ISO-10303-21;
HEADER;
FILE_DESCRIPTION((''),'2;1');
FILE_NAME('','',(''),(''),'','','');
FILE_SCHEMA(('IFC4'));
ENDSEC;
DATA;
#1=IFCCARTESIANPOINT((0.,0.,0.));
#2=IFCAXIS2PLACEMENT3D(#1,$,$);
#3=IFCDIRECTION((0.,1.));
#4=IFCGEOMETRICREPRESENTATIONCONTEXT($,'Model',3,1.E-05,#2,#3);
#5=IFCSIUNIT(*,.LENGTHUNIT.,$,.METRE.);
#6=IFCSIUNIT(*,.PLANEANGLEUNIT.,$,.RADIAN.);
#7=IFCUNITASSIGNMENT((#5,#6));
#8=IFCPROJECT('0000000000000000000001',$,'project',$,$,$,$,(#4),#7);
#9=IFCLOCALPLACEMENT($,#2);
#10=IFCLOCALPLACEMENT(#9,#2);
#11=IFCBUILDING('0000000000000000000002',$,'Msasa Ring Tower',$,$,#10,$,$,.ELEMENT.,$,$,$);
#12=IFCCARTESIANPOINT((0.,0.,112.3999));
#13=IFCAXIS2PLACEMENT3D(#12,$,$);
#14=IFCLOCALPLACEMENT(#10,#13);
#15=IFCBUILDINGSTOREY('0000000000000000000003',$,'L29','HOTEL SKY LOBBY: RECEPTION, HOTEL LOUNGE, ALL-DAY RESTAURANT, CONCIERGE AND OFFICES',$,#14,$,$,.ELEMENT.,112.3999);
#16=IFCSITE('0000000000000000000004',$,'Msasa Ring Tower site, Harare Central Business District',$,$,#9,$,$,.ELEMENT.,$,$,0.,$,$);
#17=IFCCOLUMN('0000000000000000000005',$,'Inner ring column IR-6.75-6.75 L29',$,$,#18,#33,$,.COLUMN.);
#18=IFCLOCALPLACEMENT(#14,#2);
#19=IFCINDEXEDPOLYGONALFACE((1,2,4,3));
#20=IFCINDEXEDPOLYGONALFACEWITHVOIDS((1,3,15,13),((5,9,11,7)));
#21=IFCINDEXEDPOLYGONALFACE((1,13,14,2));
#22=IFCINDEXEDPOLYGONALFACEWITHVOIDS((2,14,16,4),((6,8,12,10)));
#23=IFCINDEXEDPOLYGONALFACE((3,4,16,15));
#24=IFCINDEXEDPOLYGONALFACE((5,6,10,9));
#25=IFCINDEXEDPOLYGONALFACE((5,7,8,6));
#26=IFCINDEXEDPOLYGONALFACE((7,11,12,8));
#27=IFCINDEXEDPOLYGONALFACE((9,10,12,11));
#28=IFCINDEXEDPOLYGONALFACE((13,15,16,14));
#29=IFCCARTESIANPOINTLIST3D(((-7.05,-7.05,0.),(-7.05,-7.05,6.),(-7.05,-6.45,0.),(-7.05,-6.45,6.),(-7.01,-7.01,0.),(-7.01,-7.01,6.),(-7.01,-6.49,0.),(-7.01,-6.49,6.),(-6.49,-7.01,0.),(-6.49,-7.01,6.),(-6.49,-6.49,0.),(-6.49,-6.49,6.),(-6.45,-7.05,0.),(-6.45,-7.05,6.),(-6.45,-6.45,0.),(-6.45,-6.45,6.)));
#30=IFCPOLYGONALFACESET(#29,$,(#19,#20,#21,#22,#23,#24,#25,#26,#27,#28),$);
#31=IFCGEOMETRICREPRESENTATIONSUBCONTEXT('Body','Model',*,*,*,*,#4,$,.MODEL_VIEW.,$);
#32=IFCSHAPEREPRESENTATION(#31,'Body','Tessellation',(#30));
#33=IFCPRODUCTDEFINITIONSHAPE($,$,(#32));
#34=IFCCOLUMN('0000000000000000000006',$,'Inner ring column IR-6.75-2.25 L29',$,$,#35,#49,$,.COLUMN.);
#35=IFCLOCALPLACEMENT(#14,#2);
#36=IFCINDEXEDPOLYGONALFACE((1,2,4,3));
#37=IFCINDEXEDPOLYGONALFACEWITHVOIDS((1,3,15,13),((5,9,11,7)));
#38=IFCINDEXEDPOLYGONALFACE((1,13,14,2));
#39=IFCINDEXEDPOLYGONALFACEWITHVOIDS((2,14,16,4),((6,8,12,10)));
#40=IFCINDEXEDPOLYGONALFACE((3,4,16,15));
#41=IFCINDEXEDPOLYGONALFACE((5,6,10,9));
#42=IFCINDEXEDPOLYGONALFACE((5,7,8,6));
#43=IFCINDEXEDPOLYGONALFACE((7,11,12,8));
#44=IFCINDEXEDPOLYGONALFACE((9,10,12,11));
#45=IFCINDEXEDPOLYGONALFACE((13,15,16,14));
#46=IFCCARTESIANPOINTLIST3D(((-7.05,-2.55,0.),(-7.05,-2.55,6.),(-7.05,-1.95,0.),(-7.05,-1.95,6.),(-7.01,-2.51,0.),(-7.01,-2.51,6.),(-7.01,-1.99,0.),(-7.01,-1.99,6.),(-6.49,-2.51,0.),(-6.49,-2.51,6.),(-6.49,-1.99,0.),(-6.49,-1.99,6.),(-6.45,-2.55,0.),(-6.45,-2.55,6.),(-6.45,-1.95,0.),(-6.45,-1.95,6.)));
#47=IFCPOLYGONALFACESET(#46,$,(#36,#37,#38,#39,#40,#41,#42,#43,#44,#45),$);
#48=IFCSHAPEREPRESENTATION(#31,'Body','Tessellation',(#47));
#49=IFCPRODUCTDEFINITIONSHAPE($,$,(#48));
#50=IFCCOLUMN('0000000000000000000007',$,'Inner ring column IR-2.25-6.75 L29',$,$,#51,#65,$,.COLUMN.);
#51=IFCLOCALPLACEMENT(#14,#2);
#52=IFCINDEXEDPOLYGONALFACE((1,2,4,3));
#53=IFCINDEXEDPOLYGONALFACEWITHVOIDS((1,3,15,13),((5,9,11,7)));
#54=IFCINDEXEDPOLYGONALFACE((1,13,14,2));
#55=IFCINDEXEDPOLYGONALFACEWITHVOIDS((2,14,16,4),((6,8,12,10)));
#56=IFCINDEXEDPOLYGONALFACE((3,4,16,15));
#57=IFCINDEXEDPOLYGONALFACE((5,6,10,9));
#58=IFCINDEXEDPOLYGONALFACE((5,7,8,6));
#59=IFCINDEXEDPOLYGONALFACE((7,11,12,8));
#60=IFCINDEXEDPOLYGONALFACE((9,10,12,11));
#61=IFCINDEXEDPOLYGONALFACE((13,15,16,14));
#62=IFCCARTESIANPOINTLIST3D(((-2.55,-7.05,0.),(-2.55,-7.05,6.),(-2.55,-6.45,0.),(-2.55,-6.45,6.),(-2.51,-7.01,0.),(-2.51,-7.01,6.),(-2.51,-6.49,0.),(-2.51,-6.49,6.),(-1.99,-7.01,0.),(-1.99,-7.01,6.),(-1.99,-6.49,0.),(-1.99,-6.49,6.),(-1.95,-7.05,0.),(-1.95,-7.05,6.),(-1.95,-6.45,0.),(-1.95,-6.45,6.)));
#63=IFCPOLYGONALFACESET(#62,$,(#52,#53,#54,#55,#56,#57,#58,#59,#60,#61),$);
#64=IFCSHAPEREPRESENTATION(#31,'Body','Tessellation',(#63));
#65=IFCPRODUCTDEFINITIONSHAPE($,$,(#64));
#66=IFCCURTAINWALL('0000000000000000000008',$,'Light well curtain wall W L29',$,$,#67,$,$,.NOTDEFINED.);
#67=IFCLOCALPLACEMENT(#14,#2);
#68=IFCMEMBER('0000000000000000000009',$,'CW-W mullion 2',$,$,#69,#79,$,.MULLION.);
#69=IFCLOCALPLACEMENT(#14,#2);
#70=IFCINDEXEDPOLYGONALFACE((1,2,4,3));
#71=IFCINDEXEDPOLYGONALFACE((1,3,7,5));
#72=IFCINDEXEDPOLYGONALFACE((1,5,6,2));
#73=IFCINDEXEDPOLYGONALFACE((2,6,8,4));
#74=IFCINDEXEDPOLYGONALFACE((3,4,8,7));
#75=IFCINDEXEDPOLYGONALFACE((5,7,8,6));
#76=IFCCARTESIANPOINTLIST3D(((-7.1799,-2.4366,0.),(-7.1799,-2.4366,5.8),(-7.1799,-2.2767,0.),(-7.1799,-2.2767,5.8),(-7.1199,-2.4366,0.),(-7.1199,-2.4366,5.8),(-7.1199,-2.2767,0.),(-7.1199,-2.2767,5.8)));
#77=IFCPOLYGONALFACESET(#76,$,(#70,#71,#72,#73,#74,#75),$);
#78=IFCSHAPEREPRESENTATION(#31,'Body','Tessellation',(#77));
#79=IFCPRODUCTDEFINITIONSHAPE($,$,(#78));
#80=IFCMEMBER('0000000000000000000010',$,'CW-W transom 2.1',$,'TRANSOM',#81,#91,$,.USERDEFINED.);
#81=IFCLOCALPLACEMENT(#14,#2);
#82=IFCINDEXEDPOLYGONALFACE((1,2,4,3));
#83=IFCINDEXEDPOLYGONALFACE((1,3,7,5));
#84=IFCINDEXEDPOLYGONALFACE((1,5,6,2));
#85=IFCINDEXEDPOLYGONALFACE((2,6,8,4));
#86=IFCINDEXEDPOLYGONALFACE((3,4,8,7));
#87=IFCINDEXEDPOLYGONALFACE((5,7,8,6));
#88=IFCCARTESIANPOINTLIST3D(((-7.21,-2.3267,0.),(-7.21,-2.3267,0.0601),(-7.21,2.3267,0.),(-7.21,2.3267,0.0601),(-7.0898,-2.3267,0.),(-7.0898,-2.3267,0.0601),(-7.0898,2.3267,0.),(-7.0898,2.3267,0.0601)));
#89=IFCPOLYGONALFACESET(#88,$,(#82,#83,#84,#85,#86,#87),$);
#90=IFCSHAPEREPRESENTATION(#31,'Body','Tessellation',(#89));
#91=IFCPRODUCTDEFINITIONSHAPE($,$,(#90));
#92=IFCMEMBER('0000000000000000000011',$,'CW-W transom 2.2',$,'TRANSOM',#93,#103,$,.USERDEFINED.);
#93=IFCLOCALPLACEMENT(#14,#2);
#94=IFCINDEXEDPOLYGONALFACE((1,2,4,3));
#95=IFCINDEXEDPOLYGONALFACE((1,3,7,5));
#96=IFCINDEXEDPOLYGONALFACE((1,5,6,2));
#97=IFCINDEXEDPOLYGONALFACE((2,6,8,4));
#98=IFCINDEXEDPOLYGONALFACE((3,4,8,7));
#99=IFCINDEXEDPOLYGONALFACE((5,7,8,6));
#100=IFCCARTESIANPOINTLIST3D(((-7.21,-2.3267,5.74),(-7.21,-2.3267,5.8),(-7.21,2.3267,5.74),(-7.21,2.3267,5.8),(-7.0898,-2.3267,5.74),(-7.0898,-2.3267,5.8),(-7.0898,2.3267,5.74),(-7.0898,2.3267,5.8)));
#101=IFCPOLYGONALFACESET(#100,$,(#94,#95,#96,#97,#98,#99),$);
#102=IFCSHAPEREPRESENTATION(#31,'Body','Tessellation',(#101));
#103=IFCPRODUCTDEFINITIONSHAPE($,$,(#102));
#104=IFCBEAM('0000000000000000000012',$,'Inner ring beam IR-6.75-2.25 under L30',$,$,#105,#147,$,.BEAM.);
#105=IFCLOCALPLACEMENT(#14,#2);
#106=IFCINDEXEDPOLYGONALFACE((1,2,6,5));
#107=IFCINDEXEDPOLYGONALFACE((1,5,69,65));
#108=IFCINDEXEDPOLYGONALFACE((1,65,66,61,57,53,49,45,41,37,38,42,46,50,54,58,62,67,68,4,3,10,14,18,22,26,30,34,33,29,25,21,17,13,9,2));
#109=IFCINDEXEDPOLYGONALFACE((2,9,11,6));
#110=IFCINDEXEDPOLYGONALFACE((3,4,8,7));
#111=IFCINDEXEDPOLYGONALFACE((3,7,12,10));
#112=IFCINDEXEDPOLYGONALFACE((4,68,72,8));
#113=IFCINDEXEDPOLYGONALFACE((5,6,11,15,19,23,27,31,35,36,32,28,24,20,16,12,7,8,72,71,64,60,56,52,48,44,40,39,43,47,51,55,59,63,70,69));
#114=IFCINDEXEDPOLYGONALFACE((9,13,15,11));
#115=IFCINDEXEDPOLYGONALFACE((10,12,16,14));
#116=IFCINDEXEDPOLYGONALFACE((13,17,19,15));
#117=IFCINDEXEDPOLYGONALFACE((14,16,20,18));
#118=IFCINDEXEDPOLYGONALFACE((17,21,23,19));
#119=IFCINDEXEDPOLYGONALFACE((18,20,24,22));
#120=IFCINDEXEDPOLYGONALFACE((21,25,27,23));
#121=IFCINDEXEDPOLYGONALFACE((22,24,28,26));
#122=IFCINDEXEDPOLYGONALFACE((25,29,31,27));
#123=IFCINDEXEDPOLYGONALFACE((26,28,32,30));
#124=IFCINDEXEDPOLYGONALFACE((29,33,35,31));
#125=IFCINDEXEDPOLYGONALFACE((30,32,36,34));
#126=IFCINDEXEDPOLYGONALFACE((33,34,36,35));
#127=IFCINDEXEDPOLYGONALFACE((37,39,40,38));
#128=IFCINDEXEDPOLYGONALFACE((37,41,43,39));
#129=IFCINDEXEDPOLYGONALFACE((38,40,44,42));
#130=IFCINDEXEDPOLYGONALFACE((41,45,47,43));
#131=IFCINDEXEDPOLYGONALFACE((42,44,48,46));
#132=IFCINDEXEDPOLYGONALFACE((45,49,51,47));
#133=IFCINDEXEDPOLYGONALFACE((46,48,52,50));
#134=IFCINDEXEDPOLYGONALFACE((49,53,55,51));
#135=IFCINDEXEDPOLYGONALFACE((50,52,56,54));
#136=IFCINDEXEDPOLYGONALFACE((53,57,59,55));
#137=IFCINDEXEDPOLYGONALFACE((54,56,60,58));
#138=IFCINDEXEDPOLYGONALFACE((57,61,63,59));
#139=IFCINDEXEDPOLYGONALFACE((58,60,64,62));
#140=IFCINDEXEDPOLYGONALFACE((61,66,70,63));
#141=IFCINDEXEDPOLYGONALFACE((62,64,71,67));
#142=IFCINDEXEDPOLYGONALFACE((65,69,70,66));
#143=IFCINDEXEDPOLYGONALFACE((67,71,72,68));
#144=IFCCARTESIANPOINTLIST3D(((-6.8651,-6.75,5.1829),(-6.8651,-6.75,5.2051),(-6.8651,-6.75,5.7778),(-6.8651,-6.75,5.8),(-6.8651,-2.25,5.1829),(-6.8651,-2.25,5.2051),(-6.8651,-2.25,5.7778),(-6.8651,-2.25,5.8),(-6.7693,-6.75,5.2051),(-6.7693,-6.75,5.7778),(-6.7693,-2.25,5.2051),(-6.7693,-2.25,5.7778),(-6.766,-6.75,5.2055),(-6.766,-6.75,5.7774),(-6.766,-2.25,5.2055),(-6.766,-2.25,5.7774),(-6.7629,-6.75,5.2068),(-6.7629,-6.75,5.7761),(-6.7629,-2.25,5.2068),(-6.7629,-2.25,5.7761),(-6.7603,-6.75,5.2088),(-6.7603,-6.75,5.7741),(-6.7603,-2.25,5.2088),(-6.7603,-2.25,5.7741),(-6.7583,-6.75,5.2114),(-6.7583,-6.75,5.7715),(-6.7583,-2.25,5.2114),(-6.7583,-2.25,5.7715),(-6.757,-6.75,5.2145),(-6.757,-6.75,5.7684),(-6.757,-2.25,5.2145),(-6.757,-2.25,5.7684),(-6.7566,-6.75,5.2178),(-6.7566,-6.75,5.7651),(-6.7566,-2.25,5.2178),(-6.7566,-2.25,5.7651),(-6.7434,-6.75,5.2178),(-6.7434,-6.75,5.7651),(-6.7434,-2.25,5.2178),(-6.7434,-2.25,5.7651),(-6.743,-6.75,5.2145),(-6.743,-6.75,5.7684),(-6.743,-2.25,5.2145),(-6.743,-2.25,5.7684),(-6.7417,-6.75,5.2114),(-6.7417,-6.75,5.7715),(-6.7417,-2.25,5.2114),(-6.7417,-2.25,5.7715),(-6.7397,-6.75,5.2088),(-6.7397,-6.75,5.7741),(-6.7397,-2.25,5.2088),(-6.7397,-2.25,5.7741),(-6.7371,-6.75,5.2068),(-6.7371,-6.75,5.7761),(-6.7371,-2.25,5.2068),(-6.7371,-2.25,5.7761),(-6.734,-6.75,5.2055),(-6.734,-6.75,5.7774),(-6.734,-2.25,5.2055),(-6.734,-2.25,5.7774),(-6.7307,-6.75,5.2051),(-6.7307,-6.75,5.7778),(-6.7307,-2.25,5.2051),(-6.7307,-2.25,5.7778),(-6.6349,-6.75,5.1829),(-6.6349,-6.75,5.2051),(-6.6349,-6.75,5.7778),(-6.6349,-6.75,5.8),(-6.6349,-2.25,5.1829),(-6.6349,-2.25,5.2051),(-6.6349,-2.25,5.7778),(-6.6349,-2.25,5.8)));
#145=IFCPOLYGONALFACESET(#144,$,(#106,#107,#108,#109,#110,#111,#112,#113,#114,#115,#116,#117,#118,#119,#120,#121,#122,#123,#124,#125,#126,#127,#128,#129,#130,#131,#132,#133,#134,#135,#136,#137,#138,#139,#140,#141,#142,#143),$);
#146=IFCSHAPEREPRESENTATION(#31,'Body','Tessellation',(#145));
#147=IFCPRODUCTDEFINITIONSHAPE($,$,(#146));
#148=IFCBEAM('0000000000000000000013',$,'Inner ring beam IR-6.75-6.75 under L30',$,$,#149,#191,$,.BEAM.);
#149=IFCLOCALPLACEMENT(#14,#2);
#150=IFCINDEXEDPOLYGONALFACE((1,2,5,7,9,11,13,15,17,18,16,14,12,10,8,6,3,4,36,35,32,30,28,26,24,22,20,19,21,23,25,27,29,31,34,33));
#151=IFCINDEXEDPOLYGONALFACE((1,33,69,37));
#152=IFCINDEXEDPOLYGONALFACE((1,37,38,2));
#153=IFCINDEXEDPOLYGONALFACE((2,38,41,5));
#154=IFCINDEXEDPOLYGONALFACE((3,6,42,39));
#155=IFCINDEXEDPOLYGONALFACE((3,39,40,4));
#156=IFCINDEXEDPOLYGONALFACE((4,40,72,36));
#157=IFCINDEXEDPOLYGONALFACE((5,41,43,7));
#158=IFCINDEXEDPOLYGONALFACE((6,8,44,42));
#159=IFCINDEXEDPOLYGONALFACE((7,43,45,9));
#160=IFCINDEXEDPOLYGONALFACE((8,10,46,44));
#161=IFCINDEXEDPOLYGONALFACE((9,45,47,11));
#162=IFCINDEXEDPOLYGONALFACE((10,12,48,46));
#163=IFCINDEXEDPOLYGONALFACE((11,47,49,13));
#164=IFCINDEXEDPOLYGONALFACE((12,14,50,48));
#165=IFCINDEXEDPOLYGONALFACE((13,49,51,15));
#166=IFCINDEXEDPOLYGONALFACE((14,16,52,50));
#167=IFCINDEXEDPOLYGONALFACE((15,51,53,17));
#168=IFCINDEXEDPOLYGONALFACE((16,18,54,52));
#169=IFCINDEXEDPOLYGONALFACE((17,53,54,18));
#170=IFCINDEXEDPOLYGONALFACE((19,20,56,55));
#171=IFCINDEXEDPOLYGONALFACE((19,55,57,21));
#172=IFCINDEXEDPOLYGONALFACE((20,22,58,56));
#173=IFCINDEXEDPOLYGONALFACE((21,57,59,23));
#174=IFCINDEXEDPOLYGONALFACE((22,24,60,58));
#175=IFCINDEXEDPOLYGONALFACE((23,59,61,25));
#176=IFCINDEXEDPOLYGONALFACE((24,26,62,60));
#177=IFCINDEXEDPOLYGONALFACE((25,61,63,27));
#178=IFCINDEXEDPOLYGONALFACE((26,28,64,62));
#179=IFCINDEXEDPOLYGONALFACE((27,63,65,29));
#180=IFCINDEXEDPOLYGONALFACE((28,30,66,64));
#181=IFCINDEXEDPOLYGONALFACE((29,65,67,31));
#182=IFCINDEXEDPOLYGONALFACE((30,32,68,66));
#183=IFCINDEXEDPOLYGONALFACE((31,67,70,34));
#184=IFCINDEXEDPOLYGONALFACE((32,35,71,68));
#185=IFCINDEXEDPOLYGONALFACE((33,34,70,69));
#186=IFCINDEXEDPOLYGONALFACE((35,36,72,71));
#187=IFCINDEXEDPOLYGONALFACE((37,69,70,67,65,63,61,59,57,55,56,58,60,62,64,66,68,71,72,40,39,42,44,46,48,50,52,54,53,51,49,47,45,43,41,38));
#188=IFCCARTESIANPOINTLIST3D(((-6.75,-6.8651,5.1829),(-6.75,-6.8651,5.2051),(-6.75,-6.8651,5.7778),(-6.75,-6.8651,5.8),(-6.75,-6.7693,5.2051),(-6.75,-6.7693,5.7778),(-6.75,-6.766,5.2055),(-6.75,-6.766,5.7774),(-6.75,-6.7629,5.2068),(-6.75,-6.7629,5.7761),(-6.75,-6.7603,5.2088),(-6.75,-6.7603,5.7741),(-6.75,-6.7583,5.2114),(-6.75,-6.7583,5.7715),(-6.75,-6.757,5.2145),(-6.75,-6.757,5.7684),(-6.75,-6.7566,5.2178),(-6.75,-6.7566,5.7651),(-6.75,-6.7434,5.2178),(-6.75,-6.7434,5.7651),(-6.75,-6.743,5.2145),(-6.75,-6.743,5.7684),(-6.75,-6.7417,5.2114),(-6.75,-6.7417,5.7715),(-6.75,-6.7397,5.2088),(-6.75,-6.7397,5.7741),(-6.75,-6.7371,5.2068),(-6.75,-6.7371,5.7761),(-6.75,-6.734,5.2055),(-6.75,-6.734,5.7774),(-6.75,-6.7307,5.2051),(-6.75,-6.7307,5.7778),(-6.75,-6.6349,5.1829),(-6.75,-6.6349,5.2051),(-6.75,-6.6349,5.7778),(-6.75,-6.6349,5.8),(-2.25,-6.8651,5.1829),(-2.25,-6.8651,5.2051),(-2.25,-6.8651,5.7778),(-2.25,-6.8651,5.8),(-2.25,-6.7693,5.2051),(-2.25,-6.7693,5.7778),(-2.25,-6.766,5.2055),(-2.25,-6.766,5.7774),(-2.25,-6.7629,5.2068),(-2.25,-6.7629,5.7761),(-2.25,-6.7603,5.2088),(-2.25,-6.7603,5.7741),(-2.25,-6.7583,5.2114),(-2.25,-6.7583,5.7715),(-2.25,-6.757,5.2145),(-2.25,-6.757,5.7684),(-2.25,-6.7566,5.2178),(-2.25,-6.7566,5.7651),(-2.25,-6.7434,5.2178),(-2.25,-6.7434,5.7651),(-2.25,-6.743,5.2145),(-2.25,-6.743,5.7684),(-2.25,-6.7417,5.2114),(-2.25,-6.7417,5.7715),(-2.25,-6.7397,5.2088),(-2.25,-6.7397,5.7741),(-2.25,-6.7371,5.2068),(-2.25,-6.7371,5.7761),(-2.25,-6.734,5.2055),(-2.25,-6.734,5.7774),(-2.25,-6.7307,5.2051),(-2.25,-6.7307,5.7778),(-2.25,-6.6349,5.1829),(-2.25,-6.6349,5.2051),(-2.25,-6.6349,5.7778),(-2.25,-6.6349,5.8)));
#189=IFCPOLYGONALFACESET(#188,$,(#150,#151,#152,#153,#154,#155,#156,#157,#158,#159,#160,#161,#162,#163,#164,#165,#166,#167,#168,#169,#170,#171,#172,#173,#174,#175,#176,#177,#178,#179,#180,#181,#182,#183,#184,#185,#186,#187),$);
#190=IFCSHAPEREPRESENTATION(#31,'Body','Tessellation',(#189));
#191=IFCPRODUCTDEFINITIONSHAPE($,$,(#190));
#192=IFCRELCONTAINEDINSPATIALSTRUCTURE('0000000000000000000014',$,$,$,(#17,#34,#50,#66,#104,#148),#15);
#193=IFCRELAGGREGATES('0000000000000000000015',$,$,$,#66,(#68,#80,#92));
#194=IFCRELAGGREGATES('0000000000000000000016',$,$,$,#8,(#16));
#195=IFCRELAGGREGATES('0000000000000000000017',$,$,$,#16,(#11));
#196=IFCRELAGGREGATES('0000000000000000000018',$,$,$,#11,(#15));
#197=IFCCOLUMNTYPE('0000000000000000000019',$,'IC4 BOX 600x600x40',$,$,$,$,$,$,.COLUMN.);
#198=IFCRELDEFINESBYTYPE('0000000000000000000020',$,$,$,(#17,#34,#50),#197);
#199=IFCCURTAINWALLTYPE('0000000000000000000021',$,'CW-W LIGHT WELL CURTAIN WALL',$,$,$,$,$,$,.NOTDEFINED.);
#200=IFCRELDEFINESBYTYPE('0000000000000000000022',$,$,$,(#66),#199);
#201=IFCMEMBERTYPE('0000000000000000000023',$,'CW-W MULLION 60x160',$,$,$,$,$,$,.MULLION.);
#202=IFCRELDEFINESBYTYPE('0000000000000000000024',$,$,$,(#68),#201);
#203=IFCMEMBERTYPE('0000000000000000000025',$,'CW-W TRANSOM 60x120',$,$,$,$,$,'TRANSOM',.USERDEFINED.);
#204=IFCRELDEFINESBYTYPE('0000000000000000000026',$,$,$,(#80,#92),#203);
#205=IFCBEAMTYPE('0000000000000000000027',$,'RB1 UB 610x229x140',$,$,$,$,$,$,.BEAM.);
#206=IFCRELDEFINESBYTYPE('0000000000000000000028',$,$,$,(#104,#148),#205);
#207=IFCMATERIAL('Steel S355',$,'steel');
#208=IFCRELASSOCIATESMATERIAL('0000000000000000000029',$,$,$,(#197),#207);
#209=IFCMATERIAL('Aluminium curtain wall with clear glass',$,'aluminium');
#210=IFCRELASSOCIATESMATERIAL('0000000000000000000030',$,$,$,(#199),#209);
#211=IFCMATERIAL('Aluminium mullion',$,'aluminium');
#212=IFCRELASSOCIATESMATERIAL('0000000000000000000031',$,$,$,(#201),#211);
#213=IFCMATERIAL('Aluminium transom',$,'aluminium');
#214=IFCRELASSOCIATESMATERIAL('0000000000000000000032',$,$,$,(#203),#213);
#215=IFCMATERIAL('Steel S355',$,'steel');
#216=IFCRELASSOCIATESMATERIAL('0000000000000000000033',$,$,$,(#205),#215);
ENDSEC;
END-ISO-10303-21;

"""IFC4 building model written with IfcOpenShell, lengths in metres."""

from ifc_helpers import new_model, si_unit, direction, frame, origin, origin_2d, place, context, subcontext, project, spatial, rectangle, hollow_rectangle, i_section, extrude, material, material_profile, profile_set, type_object, element, aggregate, save


model = new_model("IFC4")

# Units and contexts
model_context = context("Model", 3, precision=1e-05, world=origin(), true_north=direction((0.0, 1.0)))
body_context = subcontext(model_context, "Body", "Model", "MODEL_VIEW")
ifc_project = project(units=[si_unit("LENGTHUNIT", "METRE"), si_unit("PLANEANGLEUNIT", "RADIAN")], contexts=[model_context])

# Site, building, storey
site_placement = place(None, origin())
site = spatial("IfcSite", under=ifc_project, at=site_placement, Name="Msasa Ring Tower site, Harare Central Business District", CompositionType="ELEMENT", RefElevation=0.0)
building_placement = place(site_placement, origin())
building = spatial("IfcBuilding", under=site, at=building_placement, Name="Msasa Ring Tower", CompositionType="ELEMENT")
storey_placement = place(building_placement, frame((0.0, 0.0, 112.3999)))
storey = spatial("IfcBuildingStorey", under=building, at=storey_placement, Name="L29", Description="HOTEL SKY LOBBY: RECEPTION, HOTEL LOUNGE, ALL-DAY RESTAURANT, CONCIERGE AND OFFICES", CompositionType="ELEMENT", Elevation=112.3999)

# Columns
ifc_material_1 = material(Name="Steel S355", Category="steel")
ifc_material_profile_1 = material_profile(ifc_material_1, hollow_rectangle(XDim=0.6001, YDim=0.6001, WallThickness=0.04, at=origin_2d()), Name="BOX 600x600x40")
ifc_profile_set_1 = profile_set([ifc_material_profile_1], Name="Steel S355")
column_type = type_object("IfcColumnType", Name="IC4 BOX 600x600x40", PredefinedType="COLUMN", material=ifc_profile_set_1)
for number, where, z_axis, x_axis, name in (
    (1, (-6.75, -6.75, 0.0), (0.0, 0.0, 1.0), (1.0, 0.0, 0.0), "Inner ring column IR-6.75-6.75 L29"),
    (2, (-6.75, -2.25, 0.0), (0.0, 0.0, 1.0), (1.0, 0.0, 0.0), "Inner ring column IR-6.75-2.25 L29"),
    (3, (-2.25, -6.75, 0.0), (0.0, 0.0, 1.0), (1.0, 0.0, 0.0), "Inner ring column IR-2.25-6.75 L29"),
):
    element("IfcColumn", number, at=place(storey_placement, frame(where, z_axis=z_axis, x_axis=x_axis)), inside=storey, type_object=column_type, Name=name, PredefinedType="COLUMN", context=body_context, shape_type="SweptSolid", body=[
        extrude(hollow_rectangle(XDim=0.6001, YDim=0.6001, WallThickness=0.04, at=origin_2d()), origin(), (0.0, 0.0, 1.0), 6.0),
    ])

# Curtain wall, members
ifc_material_2 = material(Name="Aluminium curtain wall with clear glass", Category="aluminium")
curtain_wall_type = type_object("IfcCurtainWallType", Name="CW-W LIGHT WELL CURTAIN WALL", PredefinedType="NOTDEFINED", material=ifc_material_2)
curtain_wall_placement = place(storey_placement, origin())
curtain_wall = element("IfcCurtainWall", 4, at=curtain_wall_placement, inside=storey, type_object=curtain_wall_type, Name="Light well curtain wall W L29", PredefinedType="NOTDEFINED")
ifc_material_3 = material(Name="Aluminium mullion", Category="aluminium")
ifc_material_profile_2 = material_profile(ifc_material_3, rectangle(XDim=0.0601, YDim=0.1599, at=origin_2d()), Name="AL 60x160")
ifc_profile_set_2 = profile_set([ifc_material_profile_2], Name="Aluminium mullion")
member_type_1 = type_object("IfcMemberType", Name="CW-W MULLION 60x160", PredefinedType="MULLION", material=ifc_profile_set_2)
member_1_placement = place(storey_placement, frame((-7.1499, -2.3567, 0.0), z_axis=(0.0, 0.0, 1.0), x_axis=(-1.0, 0.0, 0.0)))
member_1 = element("IfcMember", 5, at=member_1_placement, type_object=member_type_1, Name="CW-W mullion 2", PredefinedType="MULLION", context=body_context, shape_type="SweptSolid", body=[
    extrude(rectangle(XDim=0.0601, YDim=0.1599, at=origin_2d()), origin(), (0.0, 0.0, 1.0), 5.8),
])
ifc_material_4 = material(Name="Aluminium transom", Category="aluminium")
ifc_material_profile_3 = material_profile(ifc_material_4, rectangle(XDim=0.1201, YDim=0.0601, at=origin_2d()), Name="AL 60x120")
ifc_profile_set_3 = profile_set([ifc_material_profile_3], Name="Aluminium transom")
member_type_2 = type_object("IfcMemberType", Name="CW-W TRANSOM 60x120", ElementType="TRANSOM", PredefinedType="USERDEFINED", material=ifc_profile_set_3)
member_2_placement = place(storey_placement, frame((-7.1499, -2.3267, 0.03), z_axis=(0.0, 1.0, 0.0), x_axis=(-1.0, 0.0, 0.0)))
member_2 = element("IfcMember", 6, at=member_2_placement, type_object=member_type_2, Name="CW-W transom 2.1", ObjectType="TRANSOM", PredefinedType="USERDEFINED", context=body_context, shape_type="SweptSolid", body=[
    extrude(rectangle(XDim=0.1201, YDim=0.0601, at=origin_2d()), origin(), (0.0, 0.0, 1.0), 4.6533),
])
member_3_placement = place(storey_placement, frame((-7.1499, -2.3267, 5.77), z_axis=(0.0, 1.0, 0.0), x_axis=(-1.0, 0.0, 0.0)))
member_3 = element("IfcMember", 7, at=member_3_placement, type_object=member_type_2, Name="CW-W transom 2.2", ObjectType="TRANSOM", PredefinedType="USERDEFINED", context=body_context, shape_type="SweptSolid", body=[
    extrude(rectangle(XDim=0.1201, YDim=0.0601, at=origin_2d()), origin(), (0.0, 0.0, 1.0), 4.6533),
])

# Beams
ifc_material_5 = material(Name="Steel S355", Category="steel")
ifc_material_profile_4 = material_profile(ifc_material_5, i_section(OverallWidth=0.2302, OverallDepth=0.6172, WebThickness=0.0132, FlangeThickness=0.0222, FilletRadius=0.0127, at=origin_2d()), Name="UB 610x229x140")
ifc_profile_set_4 = profile_set([ifc_material_profile_4], Name="Steel S355")
beam_type = type_object("IfcBeamType", Name="RB1 UB 610x229x140", PredefinedType="BEAM", material=ifc_profile_set_4)
for number, where, z_axis, x_axis, name in (
    (8, (-6.75, -2.25, 5.4915), (0.0, -1.0, 0.0), (1.0, 0.0, 0.0), "Inner ring beam IR-6.75-2.25 under L30"),
    (9, (-6.75, -6.75, 5.4915), (1.0, 0.0, 0.0), (0.0, 1.0, 0.0), "Inner ring beam IR-6.75-6.75 under L30"),
):
    element("IfcBeam", number, at=place(storey_placement, frame(where, z_axis=z_axis, x_axis=x_axis)), inside=storey, type_object=beam_type, Name=name, PredefinedType="BEAM", context=body_context, shape_type="SweptSolid", body=[
        extrude(i_section(OverallWidth=0.2302, OverallDepth=0.6172, WebThickness=0.0132, FlangeThickness=0.0222, FilletRadius=0.0127, at=origin_2d()), origin(), (0.0, 0.0, 1.0), 4.5),
    ])

aggregate(curtain_wall, [member_1, member_2, member_3])

save(model, "model.ifc")
